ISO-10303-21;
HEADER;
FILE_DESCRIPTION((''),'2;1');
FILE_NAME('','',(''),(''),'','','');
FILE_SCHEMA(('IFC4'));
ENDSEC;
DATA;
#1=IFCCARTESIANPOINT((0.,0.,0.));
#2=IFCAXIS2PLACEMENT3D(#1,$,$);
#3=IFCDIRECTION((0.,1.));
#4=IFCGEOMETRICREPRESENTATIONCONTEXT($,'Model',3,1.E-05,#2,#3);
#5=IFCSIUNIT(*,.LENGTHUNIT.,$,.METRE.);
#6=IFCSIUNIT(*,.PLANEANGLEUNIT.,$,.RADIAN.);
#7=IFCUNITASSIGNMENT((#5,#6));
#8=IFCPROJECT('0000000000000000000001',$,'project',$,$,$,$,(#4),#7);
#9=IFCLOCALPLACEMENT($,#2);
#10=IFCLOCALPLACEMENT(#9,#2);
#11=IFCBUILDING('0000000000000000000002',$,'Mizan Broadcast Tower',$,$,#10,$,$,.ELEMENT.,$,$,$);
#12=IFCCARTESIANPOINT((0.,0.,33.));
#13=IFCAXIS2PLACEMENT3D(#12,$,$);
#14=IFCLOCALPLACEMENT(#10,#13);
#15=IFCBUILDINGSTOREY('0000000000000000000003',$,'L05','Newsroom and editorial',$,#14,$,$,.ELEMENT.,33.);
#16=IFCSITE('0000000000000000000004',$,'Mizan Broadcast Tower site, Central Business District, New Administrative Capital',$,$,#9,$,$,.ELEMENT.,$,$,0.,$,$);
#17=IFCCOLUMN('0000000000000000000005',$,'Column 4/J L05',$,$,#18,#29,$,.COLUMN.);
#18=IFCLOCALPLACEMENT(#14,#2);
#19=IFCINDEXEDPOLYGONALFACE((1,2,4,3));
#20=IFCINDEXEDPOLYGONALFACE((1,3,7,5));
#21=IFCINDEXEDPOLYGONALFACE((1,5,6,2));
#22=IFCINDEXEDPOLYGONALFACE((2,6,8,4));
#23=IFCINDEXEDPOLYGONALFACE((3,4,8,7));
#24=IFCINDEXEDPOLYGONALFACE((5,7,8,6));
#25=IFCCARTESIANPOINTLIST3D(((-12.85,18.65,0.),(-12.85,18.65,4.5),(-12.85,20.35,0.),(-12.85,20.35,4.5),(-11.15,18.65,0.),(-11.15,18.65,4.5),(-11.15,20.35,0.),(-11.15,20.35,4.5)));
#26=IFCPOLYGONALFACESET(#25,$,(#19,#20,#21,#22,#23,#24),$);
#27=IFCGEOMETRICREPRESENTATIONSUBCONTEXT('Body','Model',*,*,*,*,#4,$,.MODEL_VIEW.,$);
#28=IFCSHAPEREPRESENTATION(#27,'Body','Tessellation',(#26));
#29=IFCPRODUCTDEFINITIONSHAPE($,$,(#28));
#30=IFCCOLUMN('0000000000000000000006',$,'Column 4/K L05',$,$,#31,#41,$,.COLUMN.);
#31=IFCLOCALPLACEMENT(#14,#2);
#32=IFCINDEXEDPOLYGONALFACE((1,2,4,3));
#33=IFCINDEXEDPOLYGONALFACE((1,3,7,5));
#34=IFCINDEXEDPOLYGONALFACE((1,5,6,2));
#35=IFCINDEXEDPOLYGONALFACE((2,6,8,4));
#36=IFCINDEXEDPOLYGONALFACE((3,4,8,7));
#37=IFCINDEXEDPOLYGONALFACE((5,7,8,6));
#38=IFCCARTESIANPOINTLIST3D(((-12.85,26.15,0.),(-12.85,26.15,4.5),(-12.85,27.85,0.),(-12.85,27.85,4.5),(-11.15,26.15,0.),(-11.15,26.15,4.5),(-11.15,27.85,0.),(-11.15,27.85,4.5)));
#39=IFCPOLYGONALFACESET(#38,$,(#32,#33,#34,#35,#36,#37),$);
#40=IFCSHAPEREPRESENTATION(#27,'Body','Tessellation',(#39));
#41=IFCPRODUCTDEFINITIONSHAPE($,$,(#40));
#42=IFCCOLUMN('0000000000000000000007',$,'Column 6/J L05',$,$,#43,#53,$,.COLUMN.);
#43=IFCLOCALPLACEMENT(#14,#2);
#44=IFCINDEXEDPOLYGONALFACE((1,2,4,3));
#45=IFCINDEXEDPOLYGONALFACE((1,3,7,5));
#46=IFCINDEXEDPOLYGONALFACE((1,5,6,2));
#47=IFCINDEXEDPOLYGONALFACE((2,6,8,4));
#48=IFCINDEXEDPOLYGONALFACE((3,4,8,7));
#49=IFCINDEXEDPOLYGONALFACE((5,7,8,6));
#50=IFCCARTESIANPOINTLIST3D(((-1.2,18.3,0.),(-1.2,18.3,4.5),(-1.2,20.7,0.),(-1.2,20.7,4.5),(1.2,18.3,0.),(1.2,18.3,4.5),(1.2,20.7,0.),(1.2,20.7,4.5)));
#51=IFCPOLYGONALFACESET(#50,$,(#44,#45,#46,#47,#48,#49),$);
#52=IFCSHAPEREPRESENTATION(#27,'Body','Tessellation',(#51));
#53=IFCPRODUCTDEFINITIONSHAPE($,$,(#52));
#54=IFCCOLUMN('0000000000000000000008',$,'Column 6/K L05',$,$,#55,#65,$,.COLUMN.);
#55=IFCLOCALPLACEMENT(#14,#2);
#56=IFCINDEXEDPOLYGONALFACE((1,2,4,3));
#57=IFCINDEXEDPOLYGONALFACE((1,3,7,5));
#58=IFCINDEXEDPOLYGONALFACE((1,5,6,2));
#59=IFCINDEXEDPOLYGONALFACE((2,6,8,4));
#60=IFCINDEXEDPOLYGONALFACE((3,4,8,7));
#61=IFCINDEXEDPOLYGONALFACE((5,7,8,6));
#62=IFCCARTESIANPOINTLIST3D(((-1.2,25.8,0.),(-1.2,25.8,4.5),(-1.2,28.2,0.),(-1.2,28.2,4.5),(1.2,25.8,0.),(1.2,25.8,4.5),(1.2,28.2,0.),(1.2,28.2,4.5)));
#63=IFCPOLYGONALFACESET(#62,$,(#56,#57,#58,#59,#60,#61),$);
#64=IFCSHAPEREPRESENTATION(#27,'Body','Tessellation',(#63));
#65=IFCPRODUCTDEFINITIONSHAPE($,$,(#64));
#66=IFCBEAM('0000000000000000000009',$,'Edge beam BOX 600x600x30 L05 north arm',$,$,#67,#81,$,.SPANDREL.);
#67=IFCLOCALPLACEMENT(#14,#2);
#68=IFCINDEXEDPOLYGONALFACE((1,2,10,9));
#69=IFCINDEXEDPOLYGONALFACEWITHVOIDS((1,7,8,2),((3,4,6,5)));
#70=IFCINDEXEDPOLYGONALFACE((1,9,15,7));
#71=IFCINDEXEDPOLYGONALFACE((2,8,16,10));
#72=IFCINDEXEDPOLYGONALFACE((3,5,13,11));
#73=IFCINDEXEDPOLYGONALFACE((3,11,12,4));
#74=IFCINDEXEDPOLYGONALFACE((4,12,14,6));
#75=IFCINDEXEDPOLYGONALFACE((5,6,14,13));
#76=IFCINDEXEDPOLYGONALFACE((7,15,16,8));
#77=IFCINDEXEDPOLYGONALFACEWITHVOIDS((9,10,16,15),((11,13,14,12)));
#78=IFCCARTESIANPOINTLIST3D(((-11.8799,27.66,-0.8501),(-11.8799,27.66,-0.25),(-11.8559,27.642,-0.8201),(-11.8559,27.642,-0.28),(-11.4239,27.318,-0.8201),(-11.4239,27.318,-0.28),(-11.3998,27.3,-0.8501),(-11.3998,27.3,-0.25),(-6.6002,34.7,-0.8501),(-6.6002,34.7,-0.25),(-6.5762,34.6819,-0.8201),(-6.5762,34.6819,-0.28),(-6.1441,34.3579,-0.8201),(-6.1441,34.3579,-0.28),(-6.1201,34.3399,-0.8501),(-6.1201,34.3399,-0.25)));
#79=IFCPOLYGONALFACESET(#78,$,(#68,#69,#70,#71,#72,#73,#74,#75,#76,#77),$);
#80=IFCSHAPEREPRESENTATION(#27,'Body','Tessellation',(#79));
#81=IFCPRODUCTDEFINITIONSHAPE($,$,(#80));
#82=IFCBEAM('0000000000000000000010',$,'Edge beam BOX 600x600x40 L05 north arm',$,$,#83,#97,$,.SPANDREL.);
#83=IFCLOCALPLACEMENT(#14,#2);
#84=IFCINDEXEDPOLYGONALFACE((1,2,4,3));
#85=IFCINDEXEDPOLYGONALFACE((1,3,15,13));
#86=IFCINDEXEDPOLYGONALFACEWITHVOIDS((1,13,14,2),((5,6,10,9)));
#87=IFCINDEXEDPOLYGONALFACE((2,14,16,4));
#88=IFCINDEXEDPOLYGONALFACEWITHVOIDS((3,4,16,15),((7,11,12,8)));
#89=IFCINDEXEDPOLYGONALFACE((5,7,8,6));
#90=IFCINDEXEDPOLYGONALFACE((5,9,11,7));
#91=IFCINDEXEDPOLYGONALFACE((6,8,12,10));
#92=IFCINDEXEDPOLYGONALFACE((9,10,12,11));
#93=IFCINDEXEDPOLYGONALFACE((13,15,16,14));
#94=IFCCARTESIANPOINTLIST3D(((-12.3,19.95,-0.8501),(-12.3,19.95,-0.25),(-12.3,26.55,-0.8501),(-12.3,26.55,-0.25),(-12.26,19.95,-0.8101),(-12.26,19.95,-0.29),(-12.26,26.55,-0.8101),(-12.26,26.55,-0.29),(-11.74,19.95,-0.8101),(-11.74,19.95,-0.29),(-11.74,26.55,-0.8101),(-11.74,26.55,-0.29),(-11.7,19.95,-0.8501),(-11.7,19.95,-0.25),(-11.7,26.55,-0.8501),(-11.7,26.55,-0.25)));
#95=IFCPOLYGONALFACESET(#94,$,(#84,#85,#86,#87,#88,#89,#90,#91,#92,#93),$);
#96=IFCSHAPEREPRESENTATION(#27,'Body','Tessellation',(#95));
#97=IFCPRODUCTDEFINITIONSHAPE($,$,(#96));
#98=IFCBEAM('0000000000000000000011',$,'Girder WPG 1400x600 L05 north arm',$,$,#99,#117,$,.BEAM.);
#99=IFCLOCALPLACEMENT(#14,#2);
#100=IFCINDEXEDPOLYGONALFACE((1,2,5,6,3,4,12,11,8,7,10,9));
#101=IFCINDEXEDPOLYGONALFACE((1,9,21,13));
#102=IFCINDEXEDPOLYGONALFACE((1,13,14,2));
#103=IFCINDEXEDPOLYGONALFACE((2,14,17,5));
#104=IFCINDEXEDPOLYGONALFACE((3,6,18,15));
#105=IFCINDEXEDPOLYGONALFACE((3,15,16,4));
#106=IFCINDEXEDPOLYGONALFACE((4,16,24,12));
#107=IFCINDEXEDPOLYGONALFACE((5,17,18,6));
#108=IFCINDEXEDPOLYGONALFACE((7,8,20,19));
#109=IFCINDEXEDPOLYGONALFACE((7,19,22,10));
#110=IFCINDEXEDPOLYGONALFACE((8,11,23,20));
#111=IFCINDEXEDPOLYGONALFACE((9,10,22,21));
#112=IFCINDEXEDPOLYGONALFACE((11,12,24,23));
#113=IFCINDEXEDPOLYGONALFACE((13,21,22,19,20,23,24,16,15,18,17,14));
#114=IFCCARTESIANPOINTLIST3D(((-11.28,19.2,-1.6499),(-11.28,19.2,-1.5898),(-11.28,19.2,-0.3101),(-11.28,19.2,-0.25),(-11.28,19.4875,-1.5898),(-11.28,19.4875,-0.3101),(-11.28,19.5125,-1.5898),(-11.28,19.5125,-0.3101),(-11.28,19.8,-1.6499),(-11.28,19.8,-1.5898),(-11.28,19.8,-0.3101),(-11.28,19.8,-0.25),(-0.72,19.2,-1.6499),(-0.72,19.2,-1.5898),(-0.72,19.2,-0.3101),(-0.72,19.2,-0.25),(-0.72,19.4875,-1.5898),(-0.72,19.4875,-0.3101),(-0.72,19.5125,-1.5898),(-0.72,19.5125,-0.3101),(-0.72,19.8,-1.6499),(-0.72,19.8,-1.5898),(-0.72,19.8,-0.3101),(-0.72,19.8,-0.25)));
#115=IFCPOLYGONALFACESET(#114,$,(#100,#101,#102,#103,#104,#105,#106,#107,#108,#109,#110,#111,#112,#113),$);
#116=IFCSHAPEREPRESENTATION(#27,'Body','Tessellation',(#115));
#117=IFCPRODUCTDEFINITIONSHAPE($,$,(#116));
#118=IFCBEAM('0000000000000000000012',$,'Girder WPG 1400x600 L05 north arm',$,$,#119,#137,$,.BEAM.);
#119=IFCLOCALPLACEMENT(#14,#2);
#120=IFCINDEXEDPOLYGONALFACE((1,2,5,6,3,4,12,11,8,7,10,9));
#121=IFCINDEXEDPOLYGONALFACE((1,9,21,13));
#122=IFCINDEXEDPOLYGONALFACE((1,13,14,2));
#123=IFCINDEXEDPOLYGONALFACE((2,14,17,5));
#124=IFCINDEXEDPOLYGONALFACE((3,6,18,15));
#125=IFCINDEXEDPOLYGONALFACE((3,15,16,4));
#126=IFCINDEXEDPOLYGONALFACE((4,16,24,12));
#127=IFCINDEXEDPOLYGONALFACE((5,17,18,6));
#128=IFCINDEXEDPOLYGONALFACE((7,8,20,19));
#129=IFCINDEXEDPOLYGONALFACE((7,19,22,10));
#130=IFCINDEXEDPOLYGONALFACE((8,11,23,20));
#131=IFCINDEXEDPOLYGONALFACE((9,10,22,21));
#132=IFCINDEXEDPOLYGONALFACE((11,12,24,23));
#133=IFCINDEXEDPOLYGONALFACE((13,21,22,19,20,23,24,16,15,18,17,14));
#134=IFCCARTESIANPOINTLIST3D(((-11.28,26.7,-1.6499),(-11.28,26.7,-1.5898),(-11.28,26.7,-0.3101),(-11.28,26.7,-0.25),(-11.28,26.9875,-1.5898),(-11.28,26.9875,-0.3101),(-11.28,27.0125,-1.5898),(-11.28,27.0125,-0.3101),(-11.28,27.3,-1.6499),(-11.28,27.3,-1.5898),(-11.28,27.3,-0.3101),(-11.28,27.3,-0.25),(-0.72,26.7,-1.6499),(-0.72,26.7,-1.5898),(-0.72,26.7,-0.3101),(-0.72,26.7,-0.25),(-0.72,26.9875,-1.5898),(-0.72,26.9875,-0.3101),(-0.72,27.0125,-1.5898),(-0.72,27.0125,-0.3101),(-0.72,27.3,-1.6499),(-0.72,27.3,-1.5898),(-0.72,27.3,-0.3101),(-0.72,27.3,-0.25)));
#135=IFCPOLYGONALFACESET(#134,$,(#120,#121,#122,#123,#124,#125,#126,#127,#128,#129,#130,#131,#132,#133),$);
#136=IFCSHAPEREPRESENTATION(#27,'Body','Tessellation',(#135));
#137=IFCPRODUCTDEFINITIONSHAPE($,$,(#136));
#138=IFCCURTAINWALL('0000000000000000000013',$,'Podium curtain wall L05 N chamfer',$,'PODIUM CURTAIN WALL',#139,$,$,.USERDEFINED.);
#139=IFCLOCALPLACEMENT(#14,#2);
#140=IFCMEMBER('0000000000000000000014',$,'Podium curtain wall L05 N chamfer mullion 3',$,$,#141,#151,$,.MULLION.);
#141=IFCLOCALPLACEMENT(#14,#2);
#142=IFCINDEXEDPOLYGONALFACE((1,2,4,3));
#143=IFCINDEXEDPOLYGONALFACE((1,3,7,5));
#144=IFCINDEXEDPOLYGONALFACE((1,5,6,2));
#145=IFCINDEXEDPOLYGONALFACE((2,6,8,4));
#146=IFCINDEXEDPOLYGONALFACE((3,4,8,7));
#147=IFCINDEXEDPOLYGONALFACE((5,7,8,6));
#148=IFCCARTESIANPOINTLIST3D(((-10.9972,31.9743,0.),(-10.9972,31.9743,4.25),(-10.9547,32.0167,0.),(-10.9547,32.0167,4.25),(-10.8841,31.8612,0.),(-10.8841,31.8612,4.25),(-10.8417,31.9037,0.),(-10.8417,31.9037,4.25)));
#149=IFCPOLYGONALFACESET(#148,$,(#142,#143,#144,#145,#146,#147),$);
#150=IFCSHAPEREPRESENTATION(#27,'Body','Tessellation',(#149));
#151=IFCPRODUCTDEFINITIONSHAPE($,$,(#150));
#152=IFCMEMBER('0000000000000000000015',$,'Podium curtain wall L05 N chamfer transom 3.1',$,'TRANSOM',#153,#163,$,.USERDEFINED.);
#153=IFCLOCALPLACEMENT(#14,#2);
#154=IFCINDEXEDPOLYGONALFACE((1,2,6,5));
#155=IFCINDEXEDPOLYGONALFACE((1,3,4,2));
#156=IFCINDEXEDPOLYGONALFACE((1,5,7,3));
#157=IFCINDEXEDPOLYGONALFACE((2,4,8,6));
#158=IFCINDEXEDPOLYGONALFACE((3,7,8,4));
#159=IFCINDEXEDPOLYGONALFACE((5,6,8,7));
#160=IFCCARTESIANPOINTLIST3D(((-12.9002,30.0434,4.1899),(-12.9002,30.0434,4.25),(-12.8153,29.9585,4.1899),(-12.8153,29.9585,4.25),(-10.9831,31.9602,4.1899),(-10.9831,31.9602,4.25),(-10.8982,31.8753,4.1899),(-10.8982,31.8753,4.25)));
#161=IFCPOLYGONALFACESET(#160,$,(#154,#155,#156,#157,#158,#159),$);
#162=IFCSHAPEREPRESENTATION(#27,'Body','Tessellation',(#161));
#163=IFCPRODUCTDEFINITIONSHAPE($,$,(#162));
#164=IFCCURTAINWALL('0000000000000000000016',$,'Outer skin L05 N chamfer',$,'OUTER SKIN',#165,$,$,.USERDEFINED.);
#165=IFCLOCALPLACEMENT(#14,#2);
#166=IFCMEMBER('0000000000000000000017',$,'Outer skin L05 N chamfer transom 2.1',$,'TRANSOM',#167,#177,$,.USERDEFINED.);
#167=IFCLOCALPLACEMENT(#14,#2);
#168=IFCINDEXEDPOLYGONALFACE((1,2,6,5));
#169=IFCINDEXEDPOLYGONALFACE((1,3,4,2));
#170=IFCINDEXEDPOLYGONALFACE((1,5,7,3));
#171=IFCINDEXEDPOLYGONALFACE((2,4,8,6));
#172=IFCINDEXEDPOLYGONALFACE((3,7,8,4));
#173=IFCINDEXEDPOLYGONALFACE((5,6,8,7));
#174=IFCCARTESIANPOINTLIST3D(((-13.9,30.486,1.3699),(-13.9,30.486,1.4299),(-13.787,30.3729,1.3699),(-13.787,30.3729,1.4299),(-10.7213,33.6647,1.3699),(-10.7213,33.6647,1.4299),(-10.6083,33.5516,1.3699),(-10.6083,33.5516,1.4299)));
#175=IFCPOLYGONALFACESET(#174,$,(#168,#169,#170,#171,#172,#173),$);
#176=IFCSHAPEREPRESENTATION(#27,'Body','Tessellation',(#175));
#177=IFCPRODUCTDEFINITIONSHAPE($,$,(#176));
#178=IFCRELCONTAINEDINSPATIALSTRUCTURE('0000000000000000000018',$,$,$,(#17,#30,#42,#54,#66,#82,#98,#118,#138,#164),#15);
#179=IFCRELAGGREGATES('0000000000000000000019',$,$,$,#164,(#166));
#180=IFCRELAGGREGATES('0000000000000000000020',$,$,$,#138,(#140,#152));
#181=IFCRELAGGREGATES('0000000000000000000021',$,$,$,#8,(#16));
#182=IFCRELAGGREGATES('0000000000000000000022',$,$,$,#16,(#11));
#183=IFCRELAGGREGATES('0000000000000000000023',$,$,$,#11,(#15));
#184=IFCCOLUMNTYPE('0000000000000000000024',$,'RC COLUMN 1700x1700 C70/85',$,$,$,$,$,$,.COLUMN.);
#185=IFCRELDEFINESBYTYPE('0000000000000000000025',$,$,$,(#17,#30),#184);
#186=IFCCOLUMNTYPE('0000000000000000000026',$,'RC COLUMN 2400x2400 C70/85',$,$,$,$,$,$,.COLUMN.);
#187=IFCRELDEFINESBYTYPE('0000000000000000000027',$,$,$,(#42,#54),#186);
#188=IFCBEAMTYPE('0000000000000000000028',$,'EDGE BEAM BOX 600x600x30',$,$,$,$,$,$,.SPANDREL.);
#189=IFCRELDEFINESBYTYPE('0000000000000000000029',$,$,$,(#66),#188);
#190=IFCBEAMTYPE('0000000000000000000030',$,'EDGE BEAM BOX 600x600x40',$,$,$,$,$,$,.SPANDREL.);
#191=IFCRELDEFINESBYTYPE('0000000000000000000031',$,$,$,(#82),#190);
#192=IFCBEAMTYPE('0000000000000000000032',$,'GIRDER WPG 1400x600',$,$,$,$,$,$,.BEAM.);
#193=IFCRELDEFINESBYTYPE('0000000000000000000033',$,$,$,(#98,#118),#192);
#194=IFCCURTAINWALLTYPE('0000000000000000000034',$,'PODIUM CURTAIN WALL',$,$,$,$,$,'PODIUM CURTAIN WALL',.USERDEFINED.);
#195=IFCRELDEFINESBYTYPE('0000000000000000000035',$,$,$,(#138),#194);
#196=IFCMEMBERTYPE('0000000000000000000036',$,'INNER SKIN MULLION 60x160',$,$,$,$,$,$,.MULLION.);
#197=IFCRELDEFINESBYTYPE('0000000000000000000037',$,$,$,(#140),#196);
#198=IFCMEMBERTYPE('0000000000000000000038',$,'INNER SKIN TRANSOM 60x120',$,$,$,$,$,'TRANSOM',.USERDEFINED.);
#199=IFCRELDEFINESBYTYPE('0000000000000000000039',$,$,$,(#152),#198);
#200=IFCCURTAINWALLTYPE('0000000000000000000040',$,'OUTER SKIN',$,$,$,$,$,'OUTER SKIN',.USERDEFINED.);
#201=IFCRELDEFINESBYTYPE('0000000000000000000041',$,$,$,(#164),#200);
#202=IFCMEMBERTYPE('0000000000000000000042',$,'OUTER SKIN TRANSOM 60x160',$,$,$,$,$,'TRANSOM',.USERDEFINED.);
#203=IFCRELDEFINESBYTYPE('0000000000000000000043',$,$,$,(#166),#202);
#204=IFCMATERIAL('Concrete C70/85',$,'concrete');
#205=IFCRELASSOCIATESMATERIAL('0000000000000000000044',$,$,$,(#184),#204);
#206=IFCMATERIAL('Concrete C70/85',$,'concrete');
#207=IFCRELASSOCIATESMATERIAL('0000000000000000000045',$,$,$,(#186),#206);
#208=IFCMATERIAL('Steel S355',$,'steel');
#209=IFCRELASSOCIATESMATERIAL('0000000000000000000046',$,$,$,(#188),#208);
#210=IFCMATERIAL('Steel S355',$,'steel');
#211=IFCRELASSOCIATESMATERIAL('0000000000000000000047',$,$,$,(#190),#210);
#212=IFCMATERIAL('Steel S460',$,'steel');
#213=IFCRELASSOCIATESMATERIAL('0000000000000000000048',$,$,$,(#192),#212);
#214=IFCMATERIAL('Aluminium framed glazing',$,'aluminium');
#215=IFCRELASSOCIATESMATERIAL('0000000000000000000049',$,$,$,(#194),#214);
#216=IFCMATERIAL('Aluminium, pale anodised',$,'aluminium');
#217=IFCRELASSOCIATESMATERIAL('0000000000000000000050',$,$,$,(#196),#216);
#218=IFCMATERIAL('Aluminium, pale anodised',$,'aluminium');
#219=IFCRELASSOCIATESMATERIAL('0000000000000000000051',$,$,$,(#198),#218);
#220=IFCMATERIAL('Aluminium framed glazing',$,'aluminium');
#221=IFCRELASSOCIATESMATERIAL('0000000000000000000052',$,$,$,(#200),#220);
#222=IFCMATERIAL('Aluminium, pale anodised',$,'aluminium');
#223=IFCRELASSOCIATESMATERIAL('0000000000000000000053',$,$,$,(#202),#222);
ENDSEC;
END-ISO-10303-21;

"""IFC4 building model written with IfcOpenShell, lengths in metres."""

from ifc_helpers import new_model, si_unit, direction, frame, origin, origin_2d, place, context, subcontext, project, spatial, rectangle, hollow_rectangle, i_section, extrude, material, material_profile, profile_set, type_object, element, aggregate, save


model = new_model("IFC4")

# Units and contexts
model_context = context("Model", 3, precision=1e-05, world=origin(), true_north=direction((0.0, 1.0)))
body_context = subcontext(model_context, "Body", "Model", "MODEL_VIEW")
ifc_project = project(units=[si_unit("LENGTHUNIT", "METRE"), si_unit("PLANEANGLEUNIT", "RADIAN")], contexts=[model_context])

# Site, building, storey
site_placement = place(None, origin())
site = spatial("IfcSite", under=ifc_project, at=site_placement, Name="Mizan Broadcast Tower site, Central Business District, New Administrative Capital", CompositionType="ELEMENT", RefElevation=0.0)
building_placement = place(site_placement, origin())
building = spatial("IfcBuilding", under=site, at=building_placement, Name="Mizan Broadcast Tower", CompositionType="ELEMENT")
storey_placement = place(building_placement, frame((0.0, 0.0, 33.0)))
storey = spatial("IfcBuildingStorey", under=building, at=storey_placement, Name="L05", Description="Newsroom and editorial", CompositionType="ELEMENT", Elevation=33.0)

# Columns
ifc_material_1 = material(Name="Concrete C70/85", Category="concrete")
ifc_material_profile_1 = material_profile(ifc_material_1, rectangle(XDim=1.7, YDim=1.7, at=origin_2d()), Name="RC 1700x1700")
ifc_profile_set_1 = profile_set([ifc_material_profile_1], Name="Concrete C70/85")
column_type_1 = type_object("IfcColumnType", Name="RC COLUMN 1700x1700 C70/85", PredefinedType="COLUMN", material=ifc_profile_set_1)
for number, where, z_axis, x_axis, name in (
    (1, (-12.0, 19.5, 0.0), (0.0, 0.0, 1.0), (1.0, 0.0, 0.0), "Column 4/J L05"),
    (2, (-12.0, 27.0, 0.0), (0.0, 0.0, 1.0), (1.0, 0.0, 0.0), "Column 4/K L05"),
):
    element("IfcColumn", number, at=place(storey_placement, frame(where, z_axis=z_axis, x_axis=x_axis)), inside=storey, type_object=column_type_1, Name=name, PredefinedType="COLUMN", context=body_context, shape_type="SweptSolid", body=[
        extrude(rectangle(XDim=1.7, YDim=1.7, at=origin_2d()), origin(), (0.0, 0.0, 1.0), 4.5),
    ])
ifc_material_2 = material(Name="Concrete C70/85", Category="concrete")
ifc_material_profile_2 = material_profile(ifc_material_2, rectangle(XDim=2.3999, YDim=2.3999, at=origin_2d()), Name="RC 2400x2400")
ifc_profile_set_2 = profile_set([ifc_material_profile_2], Name="Concrete C70/85")
column_type_2 = type_object("IfcColumnType", Name="RC COLUMN 2400x2400 C70/85", PredefinedType="COLUMN", material=ifc_profile_set_2)
for number, where, z_axis, x_axis, name in (
    (3, (0.0, 19.5, 0.0), (0.0, 0.0, 1.0), (1.0, 0.0, 0.0), "Column 6/J L05"),
    (4, (0.0, 27.0, 0.0), (0.0, 0.0, 1.0), (1.0, 0.0, 0.0), "Column 6/K L05"),
):
    element("IfcColumn", number, at=place(storey_placement, frame(where, z_axis=z_axis, x_axis=x_axis)), inside=storey, type_object=column_type_2, Name=name, PredefinedType="COLUMN", context=body_context, shape_type="SweptSolid", body=[
        extrude(rectangle(XDim=2.3999, YDim=2.3999, at=origin_2d()), origin(), (0.0, 0.0, 1.0), 4.5),
    ])

# Beams
ifc_material_3 = material(Name="Steel S355", Category="steel")
ifc_material_profile_3 = material_profile(ifc_material_3, hollow_rectangle(XDim=0.6001, YDim=0.6001, WallThickness=0.03, at=origin_2d()), Name="BOX 600x600x30")
ifc_profile_set_3 = profile_set([ifc_material_profile_3], Name="Steel S355")
beam_type_1 = type_object("IfcBeamType", Name="EDGE BEAM BOX 600x600x30", PredefinedType="SPANDREL", material=ifc_profile_set_3)
beam_1_placement = place(storey_placement, frame((-11.6399, 27.48, -0.55), z_axis=(0.599982, 0.800013, 0.0), x_axis=(-0.800013, 0.599982, 0.0)))
element("IfcBeam", 5, at=beam_1_placement, inside=storey, type_object=beam_type_1, Name="Edge beam BOX 600x600x30 L05 north arm", PredefinedType="SPANDREL", context=body_context, shape_type="SweptSolid", body=[
    extrude(hollow_rectangle(XDim=0.6001, YDim=0.6001, WallThickness=0.03, at=origin_2d()), origin(), (0.0, 0.0, 1.0), 8.7998),
])
ifc_material_4 = material(Name="Steel S355", Category="steel")
ifc_material_profile_4 = material_profile(ifc_material_4, hollow_rectangle(XDim=0.6001, YDim=0.6001, WallThickness=0.04, at=origin_2d()), Name="BOX 600x600x40")
ifc_profile_set_4 = profile_set([ifc_material_profile_4], Name="Steel S355")
beam_type_2 = type_object("IfcBeamType", Name="EDGE BEAM BOX 600x600x40", PredefinedType="SPANDREL", material=ifc_profile_set_4)
beam_2_placement = place(storey_placement, frame((-12.0, 19.95, -0.55), z_axis=(0.0, 1.0, 0.0), x_axis=(-1.0, 0.0, 0.0)))
element("IfcBeam", 6, at=beam_2_placement, inside=storey, type_object=beam_type_2, Name="Edge beam BOX 600x600x40 L05 north arm", PredefinedType="SPANDREL", context=body_context, shape_type="SweptSolid", body=[
    extrude(hollow_rectangle(XDim=0.6001, YDim=0.6001, WallThickness=0.04, at=origin_2d()), origin(), (0.0, 0.0, 1.0), 6.6001),
])
ifc_material_5 = material(Name="Steel S460", Category="steel")
ifc_material_profile_5 = material_profile(ifc_material_5, i_section(OverallWidth=0.6001, OverallDepth=1.3999, WebThickness=0.0249, FlangeThickness=0.0601, at=origin_2d()), Name="WPG 1400x600")
ifc_profile_set_5 = profile_set([ifc_material_profile_5], Name="Steel S460")
beam_type_3 = type_object("IfcBeamType", Name="GIRDER WPG 1400x600", PredefinedType="BEAM", material=ifc_profile_set_5)
for number, where, z_axis, x_axis, name in (
    (7, (-0.72, 19.5, -0.95), (-1.0, 0.0, 0.0), (0.0, -1.0, 0.0), "Girder WPG 1400x600 L05 north arm"),
    (8, (-0.72, 27.0, -0.95), (-1.0, 0.0, 0.0), (0.0, -1.0, 0.0), "Girder WPG 1400x600 L05 north arm"),
):
    element("IfcBeam", number, at=place(storey_placement, frame(where, z_axis=z_axis, x_axis=x_axis)), inside=storey, type_object=beam_type_3, Name=name, PredefinedType="BEAM", context=body_context, shape_type="SweptSolid", body=[
        extrude(i_section(OverallWidth=0.6001, OverallDepth=1.3999, WebThickness=0.0249, FlangeThickness=0.0601, at=origin_2d()), origin(), (0.0, 0.0, 1.0), 10.5601),
    ])

# Curtain wall, members
ifc_material_6 = material(Name="Aluminium framed glazing", Category="aluminium")
curtain_wall_type_1 = type_object("IfcCurtainWallType", Name="PODIUM CURTAIN WALL", ElementType="PODIUM CURTAIN WALL", PredefinedType="USERDEFINED", material=ifc_material_6)
curtain_wall_1_placement = place(storey_placement, origin())
curtain_wall_1 = element("IfcCurtainWall", 9, at=curtain_wall_1_placement, inside=storey, type_object=curtain_wall_type_1, Name="Podium curtain wall L05 N chamfer", ObjectType="PODIUM CURTAIN WALL", PredefinedType="USERDEFINED")
ifc_material_7 = material(Name="Aluminium, pale anodised", Category="aluminium")
ifc_material_profile_6 = material_profile(ifc_material_7, rectangle(XDim=0.1599, YDim=0.0601, at=origin_2d()), Name="MULLION 160x60")
ifc_profile_set_6 = profile_set([ifc_material_profile_6], Name="Aluminium, pale anodised")
member_type_1 = type_object("IfcMemberType", Name="INNER SKIN MULLION 60x160", PredefinedType="MULLION", material=ifc_profile_set_6)
member_1_placement = place(storey_placement, frame((-10.9194, 31.939, 0.0), z_axis=(0.0, 0.0, 1.0), x_axis=(0.707107, -0.707107, 0.0)))
member_1 = element("IfcMember", 10, at=member_1_placement, type_object=member_type_1, Name="Podium curtain wall L05 N chamfer mullion 3", PredefinedType="MULLION", context=body_context, shape_type="SweptSolid", body=[
    extrude(rectangle(XDim=0.1599, YDim=0.0601, at=origin_2d()), origin(), (0.0, 0.0, 1.0), 4.25),
])
ifc_material_8 = material(Name="Aluminium, pale anodised", Category="aluminium")
ifc_material_profile_7 = material_profile(ifc_material_8, rectangle(XDim=0.1201, YDim=0.0601, at=origin_2d()), Name="TRANSOM 120x60")
ifc_profile_set_7 = profile_set([ifc_material_profile_7], Name="Aluminium, pale anodised")
member_type_2 = type_object("IfcMemberType", Name="INNER SKIN TRANSOM 60x120", ElementType="TRANSOM", PredefinedType="USERDEFINED", material=ifc_profile_set_7)
member_2_placement = place(storey_placement, frame((-10.9407, 31.9177, 4.22), z_axis=(-0.707152, -0.707062, 0.0), x_axis=(0.707062, -0.707152, 0.0)))
member_2 = element("IfcMember", 11, at=member_2_placement, type_object=member_type_2, Name="Podium curtain wall L05 N chamfer transom 3.1", ObjectType="TRANSOM", PredefinedType="USERDEFINED", context=body_context, shape_type="SweptSolid", body=[
    extrude(rectangle(XDim=0.1201, YDim=0.0601, at=origin_2d()), origin(), (0.0, 0.0, 1.0), 2.7109),
])

# Curtain wall, member
ifc_material_9 = material(Name="Aluminium framed glazing", Category="aluminium")
curtain_wall_type_2 = type_object("IfcCurtainWallType", Name="OUTER SKIN", ElementType="OUTER SKIN", PredefinedType="USERDEFINED", material=ifc_material_9)
curtain_wall_2_placement = place(storey_placement, origin())
curtain_wall_2 = element("IfcCurtainWall", 12, at=curtain_wall_2_placement, inside=storey, type_object=curtain_wall_type_2, Name="Outer skin L05 N chamfer", ObjectType="OUTER SKIN", PredefinedType="USERDEFINED")
ifc_material_10 = material(Name="Aluminium, pale anodised", Category="aluminium")
ifc_material_profile_8 = material_profile(ifc_material_10, rectangle(XDim=0.1599, YDim=0.0601, at=origin_2d()), Name="TRANSOM 160x60")
ifc_profile_set_8 = profile_set([ifc_material_profile_8], Name="Aluminium, pale anodised")
member_type_3 = type_object("IfcMemberType", Name="OUTER SKIN TRANSOM 60x160", ElementType="TRANSOM", PredefinedType="USERDEFINED", material=ifc_profile_set_8)
member_3_placement = place(storey_placement, frame((-10.6648, 33.6082, 1.3999), z_axis=(-0.707107, -0.707107, 0.0), x_axis=(0.707107, -0.707107, 0.0)))
member_3 = element("IfcMember", 13, at=member_3_placement, type_object=member_type_3, Name="Outer skin L05 N chamfer transom 2.1", ObjectType="TRANSOM", PredefinedType="USERDEFINED", context=body_context, shape_type="SweptSolid", body=[
    extrude(rectangle(XDim=0.1599, YDim=0.0601, at=origin_2d()), origin(), (0.0, 0.0, 1.0), 4.4954),
])

aggregate(curtain_wall_2, [member_3])
aggregate(curtain_wall_1, [member_1, member_2])

save(model, "model.ifc")
